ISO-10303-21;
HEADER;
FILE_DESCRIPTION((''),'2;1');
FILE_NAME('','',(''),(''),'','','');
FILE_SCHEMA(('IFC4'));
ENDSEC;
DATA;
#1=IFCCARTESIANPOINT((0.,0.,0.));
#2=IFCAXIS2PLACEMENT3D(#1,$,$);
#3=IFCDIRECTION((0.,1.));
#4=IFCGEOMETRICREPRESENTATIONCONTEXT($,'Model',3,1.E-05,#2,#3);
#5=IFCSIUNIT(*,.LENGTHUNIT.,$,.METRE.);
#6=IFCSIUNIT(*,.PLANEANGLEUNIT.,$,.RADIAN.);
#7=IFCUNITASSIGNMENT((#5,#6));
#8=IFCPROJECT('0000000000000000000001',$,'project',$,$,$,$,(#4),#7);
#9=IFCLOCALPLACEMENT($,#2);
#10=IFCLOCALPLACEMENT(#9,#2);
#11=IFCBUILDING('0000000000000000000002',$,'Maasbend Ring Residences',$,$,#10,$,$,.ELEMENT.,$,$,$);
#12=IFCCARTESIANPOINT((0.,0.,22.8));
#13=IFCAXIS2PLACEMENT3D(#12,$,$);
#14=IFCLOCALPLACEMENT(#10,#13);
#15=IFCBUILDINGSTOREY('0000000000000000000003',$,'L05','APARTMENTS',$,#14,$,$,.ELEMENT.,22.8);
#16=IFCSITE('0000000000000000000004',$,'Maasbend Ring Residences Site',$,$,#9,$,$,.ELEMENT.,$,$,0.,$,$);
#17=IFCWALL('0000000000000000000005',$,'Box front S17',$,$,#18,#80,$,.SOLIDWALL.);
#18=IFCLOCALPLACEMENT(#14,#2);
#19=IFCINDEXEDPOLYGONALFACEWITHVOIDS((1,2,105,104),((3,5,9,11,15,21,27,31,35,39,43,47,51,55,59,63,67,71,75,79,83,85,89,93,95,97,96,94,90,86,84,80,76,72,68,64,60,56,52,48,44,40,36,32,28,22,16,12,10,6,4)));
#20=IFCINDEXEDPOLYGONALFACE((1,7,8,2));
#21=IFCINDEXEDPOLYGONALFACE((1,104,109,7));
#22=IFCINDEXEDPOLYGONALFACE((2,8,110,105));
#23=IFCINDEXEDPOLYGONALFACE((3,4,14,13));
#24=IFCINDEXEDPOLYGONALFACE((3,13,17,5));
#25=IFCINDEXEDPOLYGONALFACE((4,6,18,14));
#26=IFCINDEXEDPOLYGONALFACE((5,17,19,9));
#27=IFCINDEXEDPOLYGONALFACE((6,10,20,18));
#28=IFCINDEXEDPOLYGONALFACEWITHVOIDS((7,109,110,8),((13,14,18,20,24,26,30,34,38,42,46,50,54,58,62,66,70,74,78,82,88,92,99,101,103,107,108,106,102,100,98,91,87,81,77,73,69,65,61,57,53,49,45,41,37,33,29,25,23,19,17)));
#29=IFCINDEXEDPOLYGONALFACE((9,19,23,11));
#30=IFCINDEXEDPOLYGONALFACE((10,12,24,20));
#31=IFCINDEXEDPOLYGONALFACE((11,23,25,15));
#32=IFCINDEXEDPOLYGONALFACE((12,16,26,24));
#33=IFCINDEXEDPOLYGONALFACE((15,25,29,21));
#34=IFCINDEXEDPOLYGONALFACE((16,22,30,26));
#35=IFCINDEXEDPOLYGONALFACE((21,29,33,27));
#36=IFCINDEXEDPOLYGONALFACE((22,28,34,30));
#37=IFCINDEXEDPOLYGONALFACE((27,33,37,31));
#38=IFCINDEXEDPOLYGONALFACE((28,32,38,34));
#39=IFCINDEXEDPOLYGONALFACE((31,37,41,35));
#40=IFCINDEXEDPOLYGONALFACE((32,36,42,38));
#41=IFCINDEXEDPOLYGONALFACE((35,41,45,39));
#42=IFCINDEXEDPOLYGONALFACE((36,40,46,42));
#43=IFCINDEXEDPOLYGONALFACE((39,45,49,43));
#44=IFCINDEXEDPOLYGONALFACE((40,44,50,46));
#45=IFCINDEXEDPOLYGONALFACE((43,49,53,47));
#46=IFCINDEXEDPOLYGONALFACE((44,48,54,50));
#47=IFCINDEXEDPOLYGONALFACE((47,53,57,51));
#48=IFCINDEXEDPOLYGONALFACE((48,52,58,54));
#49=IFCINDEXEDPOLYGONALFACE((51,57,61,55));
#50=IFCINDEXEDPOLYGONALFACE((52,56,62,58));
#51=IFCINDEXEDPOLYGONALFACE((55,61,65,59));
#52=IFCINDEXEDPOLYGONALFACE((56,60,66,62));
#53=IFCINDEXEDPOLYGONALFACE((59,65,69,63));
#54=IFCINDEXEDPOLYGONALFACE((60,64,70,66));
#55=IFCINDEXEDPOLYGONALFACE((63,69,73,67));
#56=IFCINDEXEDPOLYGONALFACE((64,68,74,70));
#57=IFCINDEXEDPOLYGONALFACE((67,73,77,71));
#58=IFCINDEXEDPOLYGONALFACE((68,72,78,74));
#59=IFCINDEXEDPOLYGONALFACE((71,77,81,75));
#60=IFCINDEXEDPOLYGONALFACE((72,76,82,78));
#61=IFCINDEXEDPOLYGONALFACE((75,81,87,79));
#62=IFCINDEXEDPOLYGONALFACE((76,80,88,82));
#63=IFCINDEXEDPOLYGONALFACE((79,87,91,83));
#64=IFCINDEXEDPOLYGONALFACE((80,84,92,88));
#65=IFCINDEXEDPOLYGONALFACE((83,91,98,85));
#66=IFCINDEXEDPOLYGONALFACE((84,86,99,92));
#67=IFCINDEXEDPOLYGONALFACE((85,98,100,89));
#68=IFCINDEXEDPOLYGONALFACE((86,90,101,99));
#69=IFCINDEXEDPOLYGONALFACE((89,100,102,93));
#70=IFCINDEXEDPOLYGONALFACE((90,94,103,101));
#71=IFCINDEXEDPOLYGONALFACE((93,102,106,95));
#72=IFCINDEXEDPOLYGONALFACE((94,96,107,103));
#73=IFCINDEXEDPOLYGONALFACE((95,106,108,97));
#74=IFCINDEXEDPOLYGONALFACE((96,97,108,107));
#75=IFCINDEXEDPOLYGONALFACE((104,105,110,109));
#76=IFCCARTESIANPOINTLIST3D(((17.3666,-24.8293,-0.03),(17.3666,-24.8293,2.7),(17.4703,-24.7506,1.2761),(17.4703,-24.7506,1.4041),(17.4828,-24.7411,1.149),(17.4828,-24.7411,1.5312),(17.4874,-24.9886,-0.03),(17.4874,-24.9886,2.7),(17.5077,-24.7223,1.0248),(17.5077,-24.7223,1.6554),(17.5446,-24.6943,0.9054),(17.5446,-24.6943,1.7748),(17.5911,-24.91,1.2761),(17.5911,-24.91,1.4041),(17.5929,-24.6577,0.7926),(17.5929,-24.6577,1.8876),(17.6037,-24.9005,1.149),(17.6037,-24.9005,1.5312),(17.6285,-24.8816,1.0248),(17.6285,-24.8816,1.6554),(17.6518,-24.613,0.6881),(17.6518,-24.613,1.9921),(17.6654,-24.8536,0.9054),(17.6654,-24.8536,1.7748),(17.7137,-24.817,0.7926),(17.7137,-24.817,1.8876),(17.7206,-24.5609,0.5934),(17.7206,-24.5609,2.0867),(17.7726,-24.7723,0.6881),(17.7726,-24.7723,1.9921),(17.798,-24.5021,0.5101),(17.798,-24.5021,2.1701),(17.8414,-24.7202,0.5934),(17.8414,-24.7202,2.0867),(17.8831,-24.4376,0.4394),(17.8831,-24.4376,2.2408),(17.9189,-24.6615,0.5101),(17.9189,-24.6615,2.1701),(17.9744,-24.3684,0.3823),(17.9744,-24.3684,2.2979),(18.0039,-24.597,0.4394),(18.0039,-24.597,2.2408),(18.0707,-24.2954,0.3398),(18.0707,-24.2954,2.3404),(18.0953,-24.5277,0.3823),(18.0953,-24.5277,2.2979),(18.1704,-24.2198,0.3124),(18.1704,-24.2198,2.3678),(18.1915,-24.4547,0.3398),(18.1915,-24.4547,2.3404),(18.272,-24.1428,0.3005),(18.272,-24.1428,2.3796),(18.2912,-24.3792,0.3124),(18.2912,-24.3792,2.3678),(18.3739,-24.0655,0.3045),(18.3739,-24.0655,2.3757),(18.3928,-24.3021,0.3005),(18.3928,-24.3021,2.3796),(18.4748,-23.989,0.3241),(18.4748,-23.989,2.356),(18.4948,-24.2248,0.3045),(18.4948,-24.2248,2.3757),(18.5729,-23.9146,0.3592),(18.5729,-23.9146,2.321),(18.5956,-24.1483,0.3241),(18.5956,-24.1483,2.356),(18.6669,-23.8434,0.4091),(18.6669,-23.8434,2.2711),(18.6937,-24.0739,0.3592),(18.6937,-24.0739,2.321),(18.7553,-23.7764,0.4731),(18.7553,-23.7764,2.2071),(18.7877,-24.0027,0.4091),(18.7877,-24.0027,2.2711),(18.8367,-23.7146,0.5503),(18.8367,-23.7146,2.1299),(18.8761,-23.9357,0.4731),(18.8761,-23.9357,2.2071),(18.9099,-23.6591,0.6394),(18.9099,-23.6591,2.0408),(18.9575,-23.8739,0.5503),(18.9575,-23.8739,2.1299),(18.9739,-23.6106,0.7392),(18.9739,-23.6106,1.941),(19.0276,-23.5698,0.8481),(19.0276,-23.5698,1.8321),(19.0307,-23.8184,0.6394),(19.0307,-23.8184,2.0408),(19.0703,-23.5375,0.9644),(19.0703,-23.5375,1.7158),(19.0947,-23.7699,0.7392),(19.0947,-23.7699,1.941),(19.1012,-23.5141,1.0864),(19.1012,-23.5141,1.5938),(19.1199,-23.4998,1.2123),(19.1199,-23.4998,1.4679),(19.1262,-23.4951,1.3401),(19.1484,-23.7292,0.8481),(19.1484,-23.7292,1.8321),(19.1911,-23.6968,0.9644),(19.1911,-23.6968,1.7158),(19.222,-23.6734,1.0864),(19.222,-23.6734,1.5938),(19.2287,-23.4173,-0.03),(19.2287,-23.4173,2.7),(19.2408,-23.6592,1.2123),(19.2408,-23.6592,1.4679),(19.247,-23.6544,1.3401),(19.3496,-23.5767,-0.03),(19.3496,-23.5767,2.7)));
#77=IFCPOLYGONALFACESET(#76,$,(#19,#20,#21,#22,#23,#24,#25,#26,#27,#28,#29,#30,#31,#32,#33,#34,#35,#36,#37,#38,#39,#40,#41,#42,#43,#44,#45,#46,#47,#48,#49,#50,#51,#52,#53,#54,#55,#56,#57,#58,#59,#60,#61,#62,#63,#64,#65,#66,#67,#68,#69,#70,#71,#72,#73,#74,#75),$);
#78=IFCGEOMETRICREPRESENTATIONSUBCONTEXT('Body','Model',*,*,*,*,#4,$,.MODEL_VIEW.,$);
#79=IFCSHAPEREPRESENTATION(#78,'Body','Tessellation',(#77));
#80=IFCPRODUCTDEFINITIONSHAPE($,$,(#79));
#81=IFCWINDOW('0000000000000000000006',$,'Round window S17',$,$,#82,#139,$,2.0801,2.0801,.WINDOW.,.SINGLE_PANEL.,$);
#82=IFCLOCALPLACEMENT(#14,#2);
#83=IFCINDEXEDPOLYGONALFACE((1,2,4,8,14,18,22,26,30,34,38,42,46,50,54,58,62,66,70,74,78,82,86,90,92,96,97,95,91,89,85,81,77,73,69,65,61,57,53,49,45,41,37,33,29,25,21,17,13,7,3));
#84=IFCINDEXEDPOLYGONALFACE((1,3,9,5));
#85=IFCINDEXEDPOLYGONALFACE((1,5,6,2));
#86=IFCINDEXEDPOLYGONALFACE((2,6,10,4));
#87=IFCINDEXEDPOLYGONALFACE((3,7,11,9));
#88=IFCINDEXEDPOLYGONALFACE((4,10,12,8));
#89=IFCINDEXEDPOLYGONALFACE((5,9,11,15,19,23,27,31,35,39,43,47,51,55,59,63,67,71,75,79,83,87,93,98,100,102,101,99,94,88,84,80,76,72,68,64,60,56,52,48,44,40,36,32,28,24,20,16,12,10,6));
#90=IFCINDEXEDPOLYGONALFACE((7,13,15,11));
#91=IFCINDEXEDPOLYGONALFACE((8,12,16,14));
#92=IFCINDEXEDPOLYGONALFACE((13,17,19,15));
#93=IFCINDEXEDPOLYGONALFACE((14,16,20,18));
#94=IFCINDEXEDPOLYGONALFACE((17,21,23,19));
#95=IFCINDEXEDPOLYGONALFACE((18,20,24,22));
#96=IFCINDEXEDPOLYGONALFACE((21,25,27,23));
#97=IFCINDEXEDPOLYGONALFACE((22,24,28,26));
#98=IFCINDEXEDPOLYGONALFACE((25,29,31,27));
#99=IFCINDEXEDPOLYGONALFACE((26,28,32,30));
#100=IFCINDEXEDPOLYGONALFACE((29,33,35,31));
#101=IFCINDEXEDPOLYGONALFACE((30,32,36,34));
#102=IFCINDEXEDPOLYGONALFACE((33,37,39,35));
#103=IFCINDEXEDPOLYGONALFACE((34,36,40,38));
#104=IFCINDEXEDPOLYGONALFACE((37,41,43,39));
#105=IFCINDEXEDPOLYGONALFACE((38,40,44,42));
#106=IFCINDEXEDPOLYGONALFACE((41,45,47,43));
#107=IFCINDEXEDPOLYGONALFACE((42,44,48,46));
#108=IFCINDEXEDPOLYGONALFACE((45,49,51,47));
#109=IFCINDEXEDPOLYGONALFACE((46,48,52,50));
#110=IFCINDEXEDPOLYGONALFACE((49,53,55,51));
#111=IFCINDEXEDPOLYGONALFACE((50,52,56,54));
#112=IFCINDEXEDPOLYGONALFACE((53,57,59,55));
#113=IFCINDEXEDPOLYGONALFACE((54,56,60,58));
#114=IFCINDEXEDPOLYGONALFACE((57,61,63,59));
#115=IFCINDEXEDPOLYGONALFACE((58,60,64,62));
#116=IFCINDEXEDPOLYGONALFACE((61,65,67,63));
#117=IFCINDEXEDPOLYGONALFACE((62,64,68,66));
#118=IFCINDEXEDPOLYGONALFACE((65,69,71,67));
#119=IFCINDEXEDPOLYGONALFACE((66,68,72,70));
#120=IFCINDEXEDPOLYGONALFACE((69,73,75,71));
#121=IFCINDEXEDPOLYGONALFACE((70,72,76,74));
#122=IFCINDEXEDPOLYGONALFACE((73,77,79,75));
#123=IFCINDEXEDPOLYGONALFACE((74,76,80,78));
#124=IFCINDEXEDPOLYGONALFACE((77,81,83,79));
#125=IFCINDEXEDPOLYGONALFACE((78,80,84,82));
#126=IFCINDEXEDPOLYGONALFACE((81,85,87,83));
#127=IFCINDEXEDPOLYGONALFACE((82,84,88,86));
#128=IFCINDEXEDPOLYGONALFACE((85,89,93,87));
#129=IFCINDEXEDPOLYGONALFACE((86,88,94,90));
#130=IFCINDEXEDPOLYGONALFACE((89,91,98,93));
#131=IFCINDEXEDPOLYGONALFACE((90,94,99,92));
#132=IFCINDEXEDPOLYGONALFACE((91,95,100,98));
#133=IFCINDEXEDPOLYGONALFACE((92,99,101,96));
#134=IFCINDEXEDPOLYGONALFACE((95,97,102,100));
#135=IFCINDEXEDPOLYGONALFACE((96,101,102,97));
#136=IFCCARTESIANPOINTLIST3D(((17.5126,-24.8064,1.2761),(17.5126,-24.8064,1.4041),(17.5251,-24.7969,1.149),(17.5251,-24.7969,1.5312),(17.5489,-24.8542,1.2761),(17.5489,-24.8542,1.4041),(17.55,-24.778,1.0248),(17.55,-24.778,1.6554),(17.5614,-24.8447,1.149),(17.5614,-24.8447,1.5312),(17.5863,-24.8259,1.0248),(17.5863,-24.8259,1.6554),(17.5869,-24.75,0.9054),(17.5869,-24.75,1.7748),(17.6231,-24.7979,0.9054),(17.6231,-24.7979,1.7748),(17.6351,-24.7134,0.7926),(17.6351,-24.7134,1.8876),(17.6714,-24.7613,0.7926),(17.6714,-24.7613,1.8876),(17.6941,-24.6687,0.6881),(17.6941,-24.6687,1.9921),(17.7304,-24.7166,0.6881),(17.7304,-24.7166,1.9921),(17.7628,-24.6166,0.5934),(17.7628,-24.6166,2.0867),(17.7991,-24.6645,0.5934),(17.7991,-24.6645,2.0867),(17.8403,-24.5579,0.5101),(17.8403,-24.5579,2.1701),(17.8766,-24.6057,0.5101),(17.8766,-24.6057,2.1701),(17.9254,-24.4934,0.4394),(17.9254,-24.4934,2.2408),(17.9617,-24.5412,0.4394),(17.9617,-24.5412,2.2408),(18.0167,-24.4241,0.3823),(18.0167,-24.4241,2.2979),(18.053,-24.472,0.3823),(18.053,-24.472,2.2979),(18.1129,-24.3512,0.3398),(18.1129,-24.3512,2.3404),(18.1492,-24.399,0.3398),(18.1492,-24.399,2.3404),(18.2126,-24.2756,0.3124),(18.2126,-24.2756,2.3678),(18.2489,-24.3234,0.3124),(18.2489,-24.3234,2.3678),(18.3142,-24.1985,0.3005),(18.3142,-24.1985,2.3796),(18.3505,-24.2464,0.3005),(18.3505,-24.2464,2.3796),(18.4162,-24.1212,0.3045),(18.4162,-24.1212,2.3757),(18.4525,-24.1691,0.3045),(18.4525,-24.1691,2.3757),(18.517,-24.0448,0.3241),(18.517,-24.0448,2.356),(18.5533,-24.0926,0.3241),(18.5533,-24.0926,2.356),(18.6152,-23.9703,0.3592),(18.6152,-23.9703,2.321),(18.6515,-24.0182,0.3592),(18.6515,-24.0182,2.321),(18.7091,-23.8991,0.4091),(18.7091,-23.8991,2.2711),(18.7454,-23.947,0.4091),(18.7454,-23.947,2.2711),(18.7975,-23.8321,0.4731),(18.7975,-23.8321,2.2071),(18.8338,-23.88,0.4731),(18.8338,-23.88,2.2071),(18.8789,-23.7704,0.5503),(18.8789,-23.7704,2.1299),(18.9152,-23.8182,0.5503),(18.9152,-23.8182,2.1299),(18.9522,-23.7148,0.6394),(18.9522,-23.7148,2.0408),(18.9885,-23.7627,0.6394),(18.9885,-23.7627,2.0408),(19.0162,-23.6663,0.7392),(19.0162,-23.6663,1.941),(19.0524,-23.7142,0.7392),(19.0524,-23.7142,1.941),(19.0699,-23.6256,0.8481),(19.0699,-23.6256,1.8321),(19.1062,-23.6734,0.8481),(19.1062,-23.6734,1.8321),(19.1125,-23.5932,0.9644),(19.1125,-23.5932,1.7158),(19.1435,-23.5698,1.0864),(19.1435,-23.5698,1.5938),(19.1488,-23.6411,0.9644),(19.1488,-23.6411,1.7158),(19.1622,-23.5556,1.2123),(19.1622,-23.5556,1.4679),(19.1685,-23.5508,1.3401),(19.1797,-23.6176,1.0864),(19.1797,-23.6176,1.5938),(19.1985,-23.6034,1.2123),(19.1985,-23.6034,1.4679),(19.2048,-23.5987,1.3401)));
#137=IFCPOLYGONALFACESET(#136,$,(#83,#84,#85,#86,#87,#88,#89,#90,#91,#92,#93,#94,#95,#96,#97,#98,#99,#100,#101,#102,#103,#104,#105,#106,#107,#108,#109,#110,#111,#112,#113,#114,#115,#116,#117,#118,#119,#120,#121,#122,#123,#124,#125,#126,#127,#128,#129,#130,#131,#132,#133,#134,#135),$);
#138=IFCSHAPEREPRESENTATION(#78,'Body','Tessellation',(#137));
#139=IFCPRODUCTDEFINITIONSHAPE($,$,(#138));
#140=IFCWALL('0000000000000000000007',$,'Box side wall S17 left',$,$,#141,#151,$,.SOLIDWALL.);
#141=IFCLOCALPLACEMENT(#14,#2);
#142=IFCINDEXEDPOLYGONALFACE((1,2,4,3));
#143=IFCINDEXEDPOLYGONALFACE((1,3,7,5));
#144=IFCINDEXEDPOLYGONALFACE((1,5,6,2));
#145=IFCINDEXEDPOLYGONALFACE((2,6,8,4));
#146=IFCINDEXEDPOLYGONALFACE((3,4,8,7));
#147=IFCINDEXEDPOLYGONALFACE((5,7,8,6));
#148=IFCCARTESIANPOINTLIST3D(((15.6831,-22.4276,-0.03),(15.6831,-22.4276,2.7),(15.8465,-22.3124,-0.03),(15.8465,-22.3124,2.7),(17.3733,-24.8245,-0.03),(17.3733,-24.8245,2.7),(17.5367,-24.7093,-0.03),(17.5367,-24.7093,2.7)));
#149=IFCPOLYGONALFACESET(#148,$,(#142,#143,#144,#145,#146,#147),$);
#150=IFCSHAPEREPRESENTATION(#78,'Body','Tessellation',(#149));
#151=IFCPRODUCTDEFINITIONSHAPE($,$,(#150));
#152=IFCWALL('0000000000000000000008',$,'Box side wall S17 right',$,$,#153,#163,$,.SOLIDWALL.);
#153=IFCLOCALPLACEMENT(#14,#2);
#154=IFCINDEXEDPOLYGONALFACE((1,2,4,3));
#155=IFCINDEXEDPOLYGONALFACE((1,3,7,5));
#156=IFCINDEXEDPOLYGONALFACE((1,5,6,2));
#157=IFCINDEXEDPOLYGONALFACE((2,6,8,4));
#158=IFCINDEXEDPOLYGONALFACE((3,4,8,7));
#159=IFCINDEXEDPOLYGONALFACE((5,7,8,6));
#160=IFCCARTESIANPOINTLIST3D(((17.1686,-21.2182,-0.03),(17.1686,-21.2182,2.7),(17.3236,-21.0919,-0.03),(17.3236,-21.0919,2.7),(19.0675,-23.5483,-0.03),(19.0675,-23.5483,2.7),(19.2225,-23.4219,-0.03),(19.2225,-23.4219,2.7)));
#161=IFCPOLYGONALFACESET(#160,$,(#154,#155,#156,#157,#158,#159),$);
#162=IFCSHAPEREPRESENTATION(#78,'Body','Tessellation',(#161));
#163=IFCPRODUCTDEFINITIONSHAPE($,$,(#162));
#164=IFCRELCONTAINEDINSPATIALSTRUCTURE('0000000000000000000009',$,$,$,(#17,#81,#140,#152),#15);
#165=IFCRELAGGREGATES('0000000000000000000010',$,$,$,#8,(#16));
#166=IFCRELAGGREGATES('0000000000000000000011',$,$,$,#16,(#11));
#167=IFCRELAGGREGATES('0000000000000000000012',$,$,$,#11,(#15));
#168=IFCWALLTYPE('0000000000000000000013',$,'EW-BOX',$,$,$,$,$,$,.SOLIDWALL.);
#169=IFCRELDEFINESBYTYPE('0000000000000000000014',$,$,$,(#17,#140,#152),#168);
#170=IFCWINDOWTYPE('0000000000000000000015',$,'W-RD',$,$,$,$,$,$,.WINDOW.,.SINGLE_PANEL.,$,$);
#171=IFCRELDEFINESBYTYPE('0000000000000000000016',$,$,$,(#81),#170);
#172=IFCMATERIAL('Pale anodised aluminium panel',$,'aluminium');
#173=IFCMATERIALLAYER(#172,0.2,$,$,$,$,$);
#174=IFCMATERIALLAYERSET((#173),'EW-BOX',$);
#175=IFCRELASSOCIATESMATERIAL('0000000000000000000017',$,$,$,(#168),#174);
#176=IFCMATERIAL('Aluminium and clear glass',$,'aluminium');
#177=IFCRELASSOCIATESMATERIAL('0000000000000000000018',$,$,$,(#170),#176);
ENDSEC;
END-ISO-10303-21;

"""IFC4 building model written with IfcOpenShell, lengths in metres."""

from ifc_helpers import new_model, si_unit, direction, frame, frame_2d, origin, place, context, subcontext, project, spatial, rectangle, circle, extrude, material, layer, layer_set, type_object, element, fill, save


model = new_model("IFC4")

# Units and contexts
model_context = context("Model", 3, precision=1e-05, world=origin(), true_north=direction((0.0, 1.0)))
body_context = subcontext(model_context, "Body", "Model", "MODEL_VIEW")
ifc_project = project(units=[si_unit("LENGTHUNIT", "METRE"), si_unit("PLANEANGLEUNIT", "RADIAN")], contexts=[model_context])

# Site, building, storey
site_placement = place(None, origin())
site = spatial("IfcSite", under=ifc_project, at=site_placement, Name="Maasbend Ring Residences Site", CompositionType="ELEMENT", RefElevation=0.0)
building_placement = place(site_placement, origin())
building = spatial("IfcBuilding", under=site, at=building_placement, Name="Maasbend Ring Residences", CompositionType="ELEMENT")
storey_placement = place(building_placement, frame((0.0, 0.0, 22.8)))
storey = spatial("IfcBuildingStorey", under=building, at=storey_placement, Name="L05", Description="APARTMENTS", CompositionType="ELEMENT", Elevation=22.8)

# Shared definitions
ifc_material_1 = material(Name="Pale anodised aluminium panel", Category="aluminium")
ifc_layer_1 = layer(ifc_material_1, 0.2)
ifc_layer_set_1 = layer_set([ifc_layer_1], Name="EW-BOX")
wall_type_1 = type_object("IfcWallType", Name="EW-BOX", PredefinedType="SOLIDWALL", material=ifc_layer_set_1)
ifc_material_2 = material(Name="Aluminium and clear glass", Category="aluminium")
window_type_1 = type_object("IfcWindowType", Name="W-RD", PartitioningType="SINGLE_PANEL", PredefinedType="WINDOW", material=ifc_material_2)

# Wall, opening, window
wall_1_placement = place(storey_placement, frame((17.427, -24.9089, -0.03), z_axis=(0.0, 0.0, 1.0), x_axis=(0.796842, 0.604188, 0.0)))
wall_1 = element("IfcWall", 1, at=wall_1_placement, inside=storey, type_object=wall_type_1, Name="Box front S17", PredefinedType="SOLIDWALL", context=body_context, shape_type="SweptSolid", body=[
    extrude(rectangle(XDim=2.3369, YDim=0.2, at=frame_2d((1.1685, 0.0))), origin(), (0.0, 0.0, 1.0), 2.73),
])
opening_1_placement = place(wall_1_placement, frame((0.1282, 0.0, 0.3301)))
opening_1 = element("IfcOpeningElement", 2, at=opening_1_placement, cuts=wall_1, PredefinedType="OPENING", context=body_context, shape_type="SweptSolid", body=[
    extrude(circle(Radius=1.04, at=frame_2d((1.04, 1.04))), frame((0.0, 0.1099, 0.0), z_axis=(0.0, -1.0, 0.0), x_axis=(1.0, 0.0, 0.0)), (0.0, 0.0, 1.0), 0.22),
])
window_1_placement = place(opening_1_placement, origin())
window_1 = element("IfcWindow", 3, at=window_1_placement, inside=storey, type_object=window_type_1, Name="Round window S17", OverallHeight=2.0801, OverallWidth=2.0801, PartitioningType="SINGLE_PANEL", PredefinedType="WINDOW", context=body_context, shape_type="SweptSolid", body=[
    extrude(circle(Radius=1.04, at=frame_2d((1.04, 1.04))), frame((0.0, 0.03, 0.0), z_axis=(0.0, -1.0, 0.0), x_axis=(1.0, 0.0, 0.0)), (0.0, 0.0, 1.0), 0.0601),
])
fill(opening_1, window_1)

# Walls
wall_2_placement = place(storey_placement, frame((15.7649, -22.3701, -0.03), z_axis=(0.0, 0.0, 1.0), x_axis=(0.576275, -0.817256, 0.0)))
element("IfcWall", 4, at=wall_2_placement, inside=storey, type_object=wall_type_1, Name="Box side wall S17 left", PredefinedType="SOLIDWALL", context=body_context, shape_type="SweptSolid", body=[
    extrude(rectangle(XDim=2.9329, YDim=0.2, at=frame_2d((1.4663, 0.0))), origin(), (0.0, 0.0, 1.0), 2.73),
])
wall_3_placement = place(storey_placement, frame((17.2461, -21.155, -0.03), z_axis=(0.0, 0.0, 1.0), x_axis=(0.631742, -0.775179, 0.0)))
element("IfcWall", 5, at=wall_3_placement, inside=storey, type_object=wall_type_1, Name="Box side wall S17 right", PredefinedType="SOLIDWALL", context=body_context, shape_type="SweptSolid", body=[
    extrude(rectangle(XDim=3.0059, YDim=0.2, at=frame_2d((1.5029, 0.0))), origin(), (0.0, 0.0, 1.0), 2.73),
])

save(model, "model.ifc")
